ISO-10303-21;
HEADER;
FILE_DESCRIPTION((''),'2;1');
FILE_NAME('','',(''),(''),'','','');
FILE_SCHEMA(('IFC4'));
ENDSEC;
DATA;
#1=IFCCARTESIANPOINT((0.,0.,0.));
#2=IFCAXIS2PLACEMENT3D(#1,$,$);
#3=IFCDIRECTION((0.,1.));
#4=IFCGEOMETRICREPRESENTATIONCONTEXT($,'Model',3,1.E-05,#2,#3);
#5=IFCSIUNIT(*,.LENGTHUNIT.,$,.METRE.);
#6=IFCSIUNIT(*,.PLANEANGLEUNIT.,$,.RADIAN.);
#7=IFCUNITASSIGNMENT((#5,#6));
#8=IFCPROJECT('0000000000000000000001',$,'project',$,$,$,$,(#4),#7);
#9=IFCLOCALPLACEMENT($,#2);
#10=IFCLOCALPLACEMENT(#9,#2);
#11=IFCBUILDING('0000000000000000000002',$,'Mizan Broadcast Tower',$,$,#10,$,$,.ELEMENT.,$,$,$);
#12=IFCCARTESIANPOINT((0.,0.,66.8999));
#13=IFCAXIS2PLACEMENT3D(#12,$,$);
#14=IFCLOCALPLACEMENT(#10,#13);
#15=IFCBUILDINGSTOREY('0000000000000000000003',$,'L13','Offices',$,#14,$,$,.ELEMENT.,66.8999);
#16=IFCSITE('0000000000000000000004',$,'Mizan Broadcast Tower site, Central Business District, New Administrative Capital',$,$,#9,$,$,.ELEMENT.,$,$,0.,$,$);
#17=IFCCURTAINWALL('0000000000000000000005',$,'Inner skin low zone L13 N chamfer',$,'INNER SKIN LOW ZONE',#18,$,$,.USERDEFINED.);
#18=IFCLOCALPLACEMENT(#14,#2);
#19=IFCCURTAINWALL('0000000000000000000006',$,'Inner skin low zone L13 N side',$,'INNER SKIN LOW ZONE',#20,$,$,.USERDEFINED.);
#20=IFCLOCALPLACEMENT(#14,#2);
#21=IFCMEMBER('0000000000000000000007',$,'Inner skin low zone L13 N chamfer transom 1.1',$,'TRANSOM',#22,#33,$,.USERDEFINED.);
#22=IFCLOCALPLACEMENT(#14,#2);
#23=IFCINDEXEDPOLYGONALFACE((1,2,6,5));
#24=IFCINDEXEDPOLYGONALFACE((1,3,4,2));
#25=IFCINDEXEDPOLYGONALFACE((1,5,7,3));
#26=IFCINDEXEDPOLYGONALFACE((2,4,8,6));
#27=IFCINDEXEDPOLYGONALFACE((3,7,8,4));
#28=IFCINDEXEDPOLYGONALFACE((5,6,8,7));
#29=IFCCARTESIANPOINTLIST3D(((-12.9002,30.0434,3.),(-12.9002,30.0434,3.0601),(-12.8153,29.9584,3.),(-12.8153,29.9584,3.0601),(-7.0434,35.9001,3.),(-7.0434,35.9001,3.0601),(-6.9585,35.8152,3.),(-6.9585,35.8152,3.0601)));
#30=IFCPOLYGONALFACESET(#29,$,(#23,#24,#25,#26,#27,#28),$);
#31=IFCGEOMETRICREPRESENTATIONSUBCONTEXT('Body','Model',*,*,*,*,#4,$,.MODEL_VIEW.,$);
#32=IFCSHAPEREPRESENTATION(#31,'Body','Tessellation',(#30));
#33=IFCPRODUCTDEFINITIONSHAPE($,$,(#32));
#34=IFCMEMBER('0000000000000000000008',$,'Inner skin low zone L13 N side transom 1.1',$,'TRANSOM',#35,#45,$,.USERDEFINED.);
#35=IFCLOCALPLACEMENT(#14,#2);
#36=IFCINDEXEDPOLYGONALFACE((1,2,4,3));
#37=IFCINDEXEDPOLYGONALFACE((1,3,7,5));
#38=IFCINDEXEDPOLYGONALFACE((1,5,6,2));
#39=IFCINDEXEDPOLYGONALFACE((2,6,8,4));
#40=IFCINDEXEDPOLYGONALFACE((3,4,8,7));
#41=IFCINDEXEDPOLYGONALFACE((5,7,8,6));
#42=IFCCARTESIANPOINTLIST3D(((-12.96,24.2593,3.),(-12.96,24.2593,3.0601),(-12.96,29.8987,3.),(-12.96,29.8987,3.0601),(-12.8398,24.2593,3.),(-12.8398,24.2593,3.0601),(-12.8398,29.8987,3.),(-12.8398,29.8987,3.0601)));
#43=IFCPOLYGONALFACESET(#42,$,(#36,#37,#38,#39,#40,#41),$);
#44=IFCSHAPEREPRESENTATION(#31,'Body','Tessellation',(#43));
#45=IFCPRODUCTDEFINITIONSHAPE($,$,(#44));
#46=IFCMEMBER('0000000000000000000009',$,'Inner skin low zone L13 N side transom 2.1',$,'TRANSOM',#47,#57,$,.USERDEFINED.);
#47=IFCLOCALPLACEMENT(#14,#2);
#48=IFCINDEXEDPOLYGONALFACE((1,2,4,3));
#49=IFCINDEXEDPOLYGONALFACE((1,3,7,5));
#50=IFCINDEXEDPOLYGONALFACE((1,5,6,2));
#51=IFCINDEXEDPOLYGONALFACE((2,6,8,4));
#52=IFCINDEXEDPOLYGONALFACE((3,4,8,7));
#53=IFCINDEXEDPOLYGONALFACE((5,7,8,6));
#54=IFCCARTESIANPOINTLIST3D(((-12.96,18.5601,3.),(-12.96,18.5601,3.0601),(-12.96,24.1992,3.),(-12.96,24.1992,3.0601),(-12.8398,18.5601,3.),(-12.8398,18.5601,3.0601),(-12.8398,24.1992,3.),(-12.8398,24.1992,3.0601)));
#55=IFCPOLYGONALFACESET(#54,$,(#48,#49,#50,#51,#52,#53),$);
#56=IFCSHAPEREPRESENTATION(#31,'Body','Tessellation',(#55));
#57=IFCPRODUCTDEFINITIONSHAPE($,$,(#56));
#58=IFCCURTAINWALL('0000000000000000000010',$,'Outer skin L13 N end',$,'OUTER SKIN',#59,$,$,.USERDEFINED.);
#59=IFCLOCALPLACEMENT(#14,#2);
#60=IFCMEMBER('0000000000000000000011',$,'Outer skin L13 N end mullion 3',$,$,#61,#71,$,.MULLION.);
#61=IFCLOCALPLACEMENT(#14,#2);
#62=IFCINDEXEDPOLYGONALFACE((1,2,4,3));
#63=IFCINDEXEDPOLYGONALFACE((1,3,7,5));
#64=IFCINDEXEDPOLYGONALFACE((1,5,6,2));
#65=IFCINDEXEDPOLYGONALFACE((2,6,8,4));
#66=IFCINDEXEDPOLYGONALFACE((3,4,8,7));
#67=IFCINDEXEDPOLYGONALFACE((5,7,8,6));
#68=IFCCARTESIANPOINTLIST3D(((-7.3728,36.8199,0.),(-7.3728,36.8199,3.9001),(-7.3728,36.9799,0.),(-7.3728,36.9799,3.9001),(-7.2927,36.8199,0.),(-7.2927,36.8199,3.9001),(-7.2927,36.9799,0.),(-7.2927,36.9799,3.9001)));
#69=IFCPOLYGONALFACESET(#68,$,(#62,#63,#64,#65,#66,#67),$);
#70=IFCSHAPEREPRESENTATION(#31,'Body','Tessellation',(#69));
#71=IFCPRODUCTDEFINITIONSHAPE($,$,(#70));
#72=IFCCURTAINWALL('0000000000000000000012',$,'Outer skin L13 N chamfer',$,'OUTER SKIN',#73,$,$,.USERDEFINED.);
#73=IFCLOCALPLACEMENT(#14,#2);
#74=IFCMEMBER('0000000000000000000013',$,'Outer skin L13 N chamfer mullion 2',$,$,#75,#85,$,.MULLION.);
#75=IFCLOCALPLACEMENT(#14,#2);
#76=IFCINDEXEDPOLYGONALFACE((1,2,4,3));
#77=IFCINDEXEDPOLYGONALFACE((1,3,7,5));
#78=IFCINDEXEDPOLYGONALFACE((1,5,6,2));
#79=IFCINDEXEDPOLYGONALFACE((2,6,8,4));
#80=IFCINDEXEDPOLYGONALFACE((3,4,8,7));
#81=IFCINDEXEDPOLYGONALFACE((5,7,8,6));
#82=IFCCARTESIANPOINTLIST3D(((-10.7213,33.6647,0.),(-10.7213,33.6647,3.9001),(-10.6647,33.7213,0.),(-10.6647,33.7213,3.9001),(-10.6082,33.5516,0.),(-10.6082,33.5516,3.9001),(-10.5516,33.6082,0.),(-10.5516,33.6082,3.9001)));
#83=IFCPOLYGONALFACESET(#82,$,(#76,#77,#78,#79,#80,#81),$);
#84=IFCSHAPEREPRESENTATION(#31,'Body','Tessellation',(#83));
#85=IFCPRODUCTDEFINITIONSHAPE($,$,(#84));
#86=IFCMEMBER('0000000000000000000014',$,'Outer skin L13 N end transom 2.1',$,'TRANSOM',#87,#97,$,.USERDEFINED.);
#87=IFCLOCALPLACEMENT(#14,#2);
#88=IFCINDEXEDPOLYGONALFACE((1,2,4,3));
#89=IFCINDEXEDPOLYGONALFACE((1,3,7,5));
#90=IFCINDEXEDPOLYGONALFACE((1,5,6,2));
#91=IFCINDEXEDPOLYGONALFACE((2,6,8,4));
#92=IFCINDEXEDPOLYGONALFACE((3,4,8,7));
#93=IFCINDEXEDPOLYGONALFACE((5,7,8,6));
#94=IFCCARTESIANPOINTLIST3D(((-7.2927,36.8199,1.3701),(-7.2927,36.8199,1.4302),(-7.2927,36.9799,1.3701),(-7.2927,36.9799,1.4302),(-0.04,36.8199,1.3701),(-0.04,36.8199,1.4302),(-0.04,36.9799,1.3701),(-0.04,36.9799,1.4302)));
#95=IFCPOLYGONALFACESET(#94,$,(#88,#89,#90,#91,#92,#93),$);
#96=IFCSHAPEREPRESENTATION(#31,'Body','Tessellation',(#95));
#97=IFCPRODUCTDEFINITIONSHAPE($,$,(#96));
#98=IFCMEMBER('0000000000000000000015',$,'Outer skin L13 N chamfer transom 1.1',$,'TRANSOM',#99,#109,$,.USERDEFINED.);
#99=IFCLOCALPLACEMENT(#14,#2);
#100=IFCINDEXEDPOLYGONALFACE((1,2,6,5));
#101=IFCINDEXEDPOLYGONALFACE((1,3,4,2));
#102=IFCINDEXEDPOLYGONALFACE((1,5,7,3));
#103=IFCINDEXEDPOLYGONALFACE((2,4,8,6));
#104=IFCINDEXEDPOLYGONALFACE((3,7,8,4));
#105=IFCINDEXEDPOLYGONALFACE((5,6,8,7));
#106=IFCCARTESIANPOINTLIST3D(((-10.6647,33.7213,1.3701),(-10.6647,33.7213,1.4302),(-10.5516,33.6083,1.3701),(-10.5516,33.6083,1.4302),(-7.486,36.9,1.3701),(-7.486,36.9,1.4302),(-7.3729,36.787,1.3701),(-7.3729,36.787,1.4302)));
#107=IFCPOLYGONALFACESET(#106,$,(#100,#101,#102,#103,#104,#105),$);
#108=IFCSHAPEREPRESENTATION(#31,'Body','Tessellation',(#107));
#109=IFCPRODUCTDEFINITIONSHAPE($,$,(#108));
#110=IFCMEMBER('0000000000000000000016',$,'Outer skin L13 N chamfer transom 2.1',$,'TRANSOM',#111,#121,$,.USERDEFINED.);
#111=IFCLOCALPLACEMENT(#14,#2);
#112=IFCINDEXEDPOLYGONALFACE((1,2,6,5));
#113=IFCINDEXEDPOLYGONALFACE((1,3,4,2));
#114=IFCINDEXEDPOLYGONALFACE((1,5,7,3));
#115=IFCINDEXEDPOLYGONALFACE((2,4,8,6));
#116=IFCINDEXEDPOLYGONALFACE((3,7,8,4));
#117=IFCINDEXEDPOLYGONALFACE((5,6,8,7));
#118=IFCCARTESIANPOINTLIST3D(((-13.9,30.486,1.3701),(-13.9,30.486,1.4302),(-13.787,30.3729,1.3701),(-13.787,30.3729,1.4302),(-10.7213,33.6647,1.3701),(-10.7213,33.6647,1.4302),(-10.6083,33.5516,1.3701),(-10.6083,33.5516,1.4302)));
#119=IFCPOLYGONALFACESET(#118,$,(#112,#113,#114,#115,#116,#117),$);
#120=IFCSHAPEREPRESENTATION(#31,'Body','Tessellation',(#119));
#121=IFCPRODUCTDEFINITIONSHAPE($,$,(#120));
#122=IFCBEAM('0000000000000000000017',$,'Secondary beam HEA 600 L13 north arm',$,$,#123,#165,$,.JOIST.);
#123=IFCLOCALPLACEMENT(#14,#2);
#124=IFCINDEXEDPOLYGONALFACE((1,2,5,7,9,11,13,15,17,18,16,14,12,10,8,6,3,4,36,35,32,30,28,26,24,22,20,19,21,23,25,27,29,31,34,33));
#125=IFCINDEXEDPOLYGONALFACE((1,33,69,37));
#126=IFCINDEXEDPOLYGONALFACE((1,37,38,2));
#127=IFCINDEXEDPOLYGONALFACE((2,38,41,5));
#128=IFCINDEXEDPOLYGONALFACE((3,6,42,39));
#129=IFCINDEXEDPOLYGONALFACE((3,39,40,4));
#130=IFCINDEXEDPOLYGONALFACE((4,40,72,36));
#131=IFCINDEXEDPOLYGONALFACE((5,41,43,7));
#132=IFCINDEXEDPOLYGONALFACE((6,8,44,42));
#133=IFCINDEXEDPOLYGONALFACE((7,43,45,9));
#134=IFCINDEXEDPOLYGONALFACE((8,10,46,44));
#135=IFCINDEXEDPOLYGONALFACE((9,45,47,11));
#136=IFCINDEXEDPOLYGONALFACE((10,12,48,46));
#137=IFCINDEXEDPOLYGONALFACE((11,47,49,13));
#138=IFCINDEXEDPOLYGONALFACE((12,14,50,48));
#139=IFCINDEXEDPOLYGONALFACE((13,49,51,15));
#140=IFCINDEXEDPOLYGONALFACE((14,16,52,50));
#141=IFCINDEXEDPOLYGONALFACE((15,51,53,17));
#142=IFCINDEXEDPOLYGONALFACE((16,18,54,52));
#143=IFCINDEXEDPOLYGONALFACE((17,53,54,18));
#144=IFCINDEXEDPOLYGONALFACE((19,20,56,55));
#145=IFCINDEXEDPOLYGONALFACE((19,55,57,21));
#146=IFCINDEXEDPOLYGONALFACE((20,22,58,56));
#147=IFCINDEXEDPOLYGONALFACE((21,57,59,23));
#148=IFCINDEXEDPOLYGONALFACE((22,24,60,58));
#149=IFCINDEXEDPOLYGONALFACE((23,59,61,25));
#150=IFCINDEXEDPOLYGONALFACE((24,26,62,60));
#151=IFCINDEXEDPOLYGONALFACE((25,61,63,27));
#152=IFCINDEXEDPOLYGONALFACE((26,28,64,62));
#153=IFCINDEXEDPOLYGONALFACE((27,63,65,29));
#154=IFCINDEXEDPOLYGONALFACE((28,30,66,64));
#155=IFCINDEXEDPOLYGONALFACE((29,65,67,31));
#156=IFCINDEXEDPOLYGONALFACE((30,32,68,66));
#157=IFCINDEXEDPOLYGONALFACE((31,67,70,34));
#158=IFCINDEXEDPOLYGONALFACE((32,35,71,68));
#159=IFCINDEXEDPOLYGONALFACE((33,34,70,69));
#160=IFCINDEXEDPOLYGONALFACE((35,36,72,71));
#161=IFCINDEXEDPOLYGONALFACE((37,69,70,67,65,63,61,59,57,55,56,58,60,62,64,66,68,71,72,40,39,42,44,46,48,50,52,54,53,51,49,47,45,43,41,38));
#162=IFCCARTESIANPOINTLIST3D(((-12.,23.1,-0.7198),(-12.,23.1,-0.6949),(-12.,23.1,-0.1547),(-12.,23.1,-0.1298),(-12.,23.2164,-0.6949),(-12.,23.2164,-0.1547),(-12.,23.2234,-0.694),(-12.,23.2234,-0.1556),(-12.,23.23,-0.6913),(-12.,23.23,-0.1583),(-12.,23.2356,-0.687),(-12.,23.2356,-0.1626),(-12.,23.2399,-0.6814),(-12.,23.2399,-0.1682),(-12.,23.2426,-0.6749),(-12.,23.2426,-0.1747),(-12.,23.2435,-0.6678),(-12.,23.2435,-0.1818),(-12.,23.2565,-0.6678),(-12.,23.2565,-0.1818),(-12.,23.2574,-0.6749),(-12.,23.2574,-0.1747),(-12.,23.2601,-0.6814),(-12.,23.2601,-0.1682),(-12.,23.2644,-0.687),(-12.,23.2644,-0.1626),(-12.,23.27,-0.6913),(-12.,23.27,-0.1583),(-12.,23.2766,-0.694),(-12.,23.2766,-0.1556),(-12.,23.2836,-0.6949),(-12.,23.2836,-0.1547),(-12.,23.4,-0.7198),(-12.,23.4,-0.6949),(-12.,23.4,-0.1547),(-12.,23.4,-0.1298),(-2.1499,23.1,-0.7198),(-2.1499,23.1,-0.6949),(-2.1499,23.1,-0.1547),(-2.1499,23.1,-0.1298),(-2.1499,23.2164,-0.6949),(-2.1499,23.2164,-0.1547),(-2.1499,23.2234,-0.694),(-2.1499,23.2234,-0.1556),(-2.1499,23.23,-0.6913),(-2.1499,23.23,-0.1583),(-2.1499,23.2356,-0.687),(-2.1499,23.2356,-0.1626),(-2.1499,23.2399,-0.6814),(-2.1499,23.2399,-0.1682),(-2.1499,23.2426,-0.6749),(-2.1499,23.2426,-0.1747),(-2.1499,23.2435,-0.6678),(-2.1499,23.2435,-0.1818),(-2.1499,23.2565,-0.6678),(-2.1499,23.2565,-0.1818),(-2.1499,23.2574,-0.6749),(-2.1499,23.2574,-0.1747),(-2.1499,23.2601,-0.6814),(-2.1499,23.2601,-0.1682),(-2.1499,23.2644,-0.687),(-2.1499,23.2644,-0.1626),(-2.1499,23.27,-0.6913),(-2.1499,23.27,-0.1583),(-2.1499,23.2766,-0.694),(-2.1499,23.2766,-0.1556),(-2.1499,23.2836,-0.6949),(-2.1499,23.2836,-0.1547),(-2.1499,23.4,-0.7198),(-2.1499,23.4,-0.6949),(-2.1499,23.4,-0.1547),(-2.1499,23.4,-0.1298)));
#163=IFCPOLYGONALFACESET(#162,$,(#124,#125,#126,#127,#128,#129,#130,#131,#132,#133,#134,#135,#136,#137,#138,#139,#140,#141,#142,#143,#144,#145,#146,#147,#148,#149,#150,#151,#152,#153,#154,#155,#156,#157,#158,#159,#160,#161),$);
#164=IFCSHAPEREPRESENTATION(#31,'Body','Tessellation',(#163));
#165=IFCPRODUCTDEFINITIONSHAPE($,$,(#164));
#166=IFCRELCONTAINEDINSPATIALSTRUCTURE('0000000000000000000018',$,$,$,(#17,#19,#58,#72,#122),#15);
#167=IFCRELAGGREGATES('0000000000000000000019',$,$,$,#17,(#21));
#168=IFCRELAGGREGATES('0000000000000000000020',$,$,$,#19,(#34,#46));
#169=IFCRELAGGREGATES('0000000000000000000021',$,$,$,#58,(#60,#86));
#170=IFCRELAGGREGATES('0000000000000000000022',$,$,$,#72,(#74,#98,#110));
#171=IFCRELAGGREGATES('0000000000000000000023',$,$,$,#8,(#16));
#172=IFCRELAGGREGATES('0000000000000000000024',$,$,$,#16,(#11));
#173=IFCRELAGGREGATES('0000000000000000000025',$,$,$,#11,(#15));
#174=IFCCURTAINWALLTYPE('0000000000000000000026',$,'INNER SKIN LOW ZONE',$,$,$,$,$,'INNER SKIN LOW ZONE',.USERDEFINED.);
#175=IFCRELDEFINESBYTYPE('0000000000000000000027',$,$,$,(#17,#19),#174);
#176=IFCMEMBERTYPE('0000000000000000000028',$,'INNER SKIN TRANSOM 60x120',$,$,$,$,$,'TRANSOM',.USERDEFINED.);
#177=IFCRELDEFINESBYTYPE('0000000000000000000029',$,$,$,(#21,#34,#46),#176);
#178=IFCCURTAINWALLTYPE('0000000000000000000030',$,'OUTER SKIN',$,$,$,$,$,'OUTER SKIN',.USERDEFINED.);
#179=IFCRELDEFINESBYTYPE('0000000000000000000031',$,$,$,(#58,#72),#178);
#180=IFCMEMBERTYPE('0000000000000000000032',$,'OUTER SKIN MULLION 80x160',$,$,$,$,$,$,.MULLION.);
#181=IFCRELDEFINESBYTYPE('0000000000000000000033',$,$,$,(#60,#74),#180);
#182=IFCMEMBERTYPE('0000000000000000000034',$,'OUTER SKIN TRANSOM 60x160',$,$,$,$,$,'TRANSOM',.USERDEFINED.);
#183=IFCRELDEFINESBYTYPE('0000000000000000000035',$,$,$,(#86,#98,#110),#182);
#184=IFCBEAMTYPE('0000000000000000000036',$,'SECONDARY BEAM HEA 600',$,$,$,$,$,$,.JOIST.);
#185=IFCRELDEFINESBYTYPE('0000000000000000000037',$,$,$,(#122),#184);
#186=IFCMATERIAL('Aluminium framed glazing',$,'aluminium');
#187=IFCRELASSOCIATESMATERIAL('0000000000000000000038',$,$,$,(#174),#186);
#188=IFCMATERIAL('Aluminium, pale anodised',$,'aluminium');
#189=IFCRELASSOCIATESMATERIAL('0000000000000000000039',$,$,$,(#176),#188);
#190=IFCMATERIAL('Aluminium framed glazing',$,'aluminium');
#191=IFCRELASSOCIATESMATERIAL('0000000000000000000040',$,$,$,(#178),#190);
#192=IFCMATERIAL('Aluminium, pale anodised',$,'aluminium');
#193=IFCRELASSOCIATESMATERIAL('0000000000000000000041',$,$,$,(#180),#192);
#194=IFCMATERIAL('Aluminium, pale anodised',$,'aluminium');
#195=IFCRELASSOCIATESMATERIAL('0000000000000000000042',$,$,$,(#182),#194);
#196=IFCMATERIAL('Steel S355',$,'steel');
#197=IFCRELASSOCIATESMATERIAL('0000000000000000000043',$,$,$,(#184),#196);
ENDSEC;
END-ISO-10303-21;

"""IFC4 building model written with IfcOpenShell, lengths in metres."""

from ifc_helpers import new_model, si_unit, direction, frame, origin, origin_2d, place, context, subcontext, project, spatial, rectangle, i_section, extrude, material, material_profile, profile_set, type_object, element, aggregate, save


model = new_model("IFC4")

# Units and contexts
model_context = context("Model", 3, precision=1e-05, world=origin(), true_north=direction((0.0, 1.0)))
body_context = subcontext(model_context, "Body", "Model", "MODEL_VIEW")
ifc_project = project(units=[si_unit("LENGTHUNIT", "METRE"), si_unit("PLANEANGLEUNIT", "RADIAN")], contexts=[model_context])

# Site, building, storey
site_placement = place(None, origin())
site = spatial("IfcSite", under=ifc_project, at=site_placement, Name="Mizan Broadcast Tower site, Central Business District, New Administrative Capital", CompositionType="ELEMENT", RefElevation=0.0)
building_placement = place(site_placement, origin())
building = spatial("IfcBuilding", under=site, at=building_placement, Name="Mizan Broadcast Tower", CompositionType="ELEMENT")
storey_placement = place(building_placement, frame((0.0, 0.0, 66.8999)))
storey = spatial("IfcBuildingStorey", under=building, at=storey_placement, Name="L13", Description="Offices", CompositionType="ELEMENT", Elevation=66.8999)

# Curtain walls
ifc_material_1 = material(Name="Aluminium framed glazing", Category="aluminium")
curtain_wall_type_1 = type_object("IfcCurtainWallType", Name="INNER SKIN LOW ZONE", ElementType="INNER SKIN LOW ZONE", PredefinedType="USERDEFINED", material=ifc_material_1)
curtain_wall_1_placement = place(storey_placement, origin())
curtain_wall_1 = element("IfcCurtainWall", 1, at=curtain_wall_1_placement, inside=storey, type_object=curtain_wall_type_1, Name="Inner skin low zone L13 N chamfer", ObjectType="INNER SKIN LOW ZONE", PredefinedType="USERDEFINED")
curtain_wall_2_placement = place(storey_placement, origin())
curtain_wall_2 = element("IfcCurtainWall", 2, at=curtain_wall_2_placement, inside=storey, type_object=curtain_wall_type_1, Name="Inner skin low zone L13 N side", ObjectType="INNER SKIN LOW ZONE", PredefinedType="USERDEFINED")

# Members
ifc_material_2 = material(Name="Aluminium, pale anodised", Category="aluminium")
ifc_material_profile_1 = material_profile(ifc_material_2, rectangle(XDim=0.1201, YDim=0.0601, at=origin_2d()), Name="TRANSOM 120x60")
ifc_profile_set_1 = profile_set([ifc_material_profile_1], Name="Aluminium, pale anodised")
member_type_1 = type_object("IfcMemberType", Name="INNER SKIN TRANSOM 60x120", ElementType="TRANSOM", PredefinedType="USERDEFINED", material=ifc_profile_set_1)
member_1_placement = place(storey_placement, frame((-7.001, 35.8577, 3.03), z_axis=(-0.707107, -0.707107, 0.0), x_axis=(0.707107, -0.707107, 0.0)))
member_1 = element("IfcMember", 3, at=member_1_placement, type_object=member_type_1, Name="Inner skin low zone L13 N chamfer transom 1.1", ObjectType="TRANSOM", PredefinedType="USERDEFINED", context=body_context, shape_type="SweptSolid", body=[
    extrude(rectangle(XDim=0.1201, YDim=0.0601, at=origin_2d()), origin(), (0.0, 0.0, 1.0), 8.2827),
])
member_2_placement = place(storey_placement, frame((-12.8999, 29.8987, 3.03), z_axis=(0.0, -1.0, 0.0), x_axis=(1.0, 0.0, 0.0)))
member_2 = element("IfcMember", 4, at=member_2_placement, type_object=member_type_1, Name="Inner skin low zone L13 N side transom 1.1", ObjectType="TRANSOM", PredefinedType="USERDEFINED", context=body_context, shape_type="SweptSolid", body=[
    extrude(rectangle(XDim=0.1201, YDim=0.0601, at=origin_2d()), origin(), (0.0, 0.0, 1.0), 5.6394),
])
member_3_placement = place(storey_placement, frame((-12.8999, 24.1992, 3.03), z_axis=(0.0, -1.0, 0.0), x_axis=(1.0, 0.0, 0.0)))
member_3 = element("IfcMember", 5, at=member_3_placement, type_object=member_type_1, Name="Inner skin low zone L13 N side transom 2.1", ObjectType="TRANSOM", PredefinedType="USERDEFINED", context=body_context, shape_type="SweptSolid", body=[
    extrude(rectangle(XDim=0.1201, YDim=0.0601, at=origin_2d()), origin(), (0.0, 0.0, 1.0), 5.6392),
])

# Curtain walls, members
ifc_material_3 = material(Name="Aluminium framed glazing", Category="aluminium")
curtain_wall_type_2 = type_object("IfcCurtainWallType", Name="OUTER SKIN", ElementType="OUTER SKIN", PredefinedType="USERDEFINED", material=ifc_material_3)
curtain_wall_3_placement = place(storey_placement, origin())
curtain_wall_3 = element("IfcCurtainWall", 6, at=curtain_wall_3_placement, inside=storey, type_object=curtain_wall_type_2, Name="Outer skin L13 N end", ObjectType="OUTER SKIN", PredefinedType="USERDEFINED")
ifc_material_4 = material(Name="Aluminium, pale anodised", Category="aluminium")
ifc_material_profile_2 = material_profile(ifc_material_4, rectangle(XDim=0.1599, YDim=0.0801, at=origin_2d()), Name="MULLION 160x80")
ifc_profile_set_2 = profile_set([ifc_material_profile_2], Name="Aluminium, pale anodised")
member_type_2 = type_object("IfcMemberType", Name="OUTER SKIN MULLION 80x160", PredefinedType="MULLION", material=ifc_profile_set_2)
member_4_placement = place(storey_placement, frame((-7.3328, 36.8999, 0.0), z_axis=(0.0, 0.0, 1.0), x_axis=(0.0, -1.0, 0.0)))
member_4 = element("IfcMember", 7, at=member_4_placement, type_object=member_type_2, Name="Outer skin L13 N end mullion 3", PredefinedType="MULLION", context=body_context, shape_type="SweptSolid", body=[
    extrude(rectangle(XDim=0.1599, YDim=0.0801, at=origin_2d()), origin(), (0.0, 0.0, 1.0), 3.9001),
])
curtain_wall_4_placement = place(storey_placement, origin())
curtain_wall_4 = element("IfcCurtainWall", 8, at=curtain_wall_4_placement, inside=storey, type_object=curtain_wall_type_2, Name="Outer skin L13 N chamfer", ObjectType="OUTER SKIN", PredefinedType="USERDEFINED")
member_5_placement = place(storey_placement, frame((-10.6365, 33.6365, 0.0), z_axis=(0.0, 0.0, 1.0), x_axis=(0.707107, -0.707107, 0.0)))
member_5 = element("IfcMember", 9, at=member_5_placement, type_object=member_type_2, Name="Outer skin L13 N chamfer mullion 2", PredefinedType="MULLION", context=body_context, shape_type="SweptSolid", body=[
    extrude(rectangle(XDim=0.1599, YDim=0.0801, at=origin_2d()), origin(), (0.0, 0.0, 1.0), 3.9001),
])

# Members
ifc_material_5 = material(Name="Aluminium, pale anodised", Category="aluminium")
ifc_material_profile_3 = material_profile(ifc_material_5, rectangle(XDim=0.1599, YDim=0.0601, at=origin_2d()), Name="TRANSOM 160x60")
ifc_profile_set_3 = profile_set([ifc_material_profile_3], Name="Aluminium, pale anodised")
member_type_3 = type_object("IfcMemberType", Name="OUTER SKIN TRANSOM 60x160", ElementType="TRANSOM", PredefinedType="USERDEFINED", material=ifc_profile_set_3)
member_6_placement = place(storey_placement, frame((-0.04, 36.8999, 1.4001), z_axis=(-1.0, 0.0, 0.0), x_axis=(0.0, -1.0, 0.0)))
member_6 = element("IfcMember", 10, at=member_6_placement, type_object=member_type_3, Name="Outer skin L13 N end transom 2.1", ObjectType="TRANSOM", PredefinedType="USERDEFINED", context=body_context, shape_type="SweptSolid", body=[
    extrude(rectangle(XDim=0.1599, YDim=0.0601, at=origin_2d()), origin(), (0.0, 0.0, 1.0), 7.2527),
])
member_7_placement = place(storey_placement, frame((-7.4294, 36.8435, 1.4001), z_axis=(-0.707107, -0.707107, 0.0), x_axis=(0.707107, -0.707107, 0.0)))
member_7 = element("IfcMember", 11, at=member_7_placement, type_object=member_type_3, Name="Outer skin L13 N chamfer transom 1.1", ObjectType="TRANSOM", PredefinedType="USERDEFINED", context=body_context, shape_type="SweptSolid", body=[
    extrude(rectangle(XDim=0.1599, YDim=0.0601, at=origin_2d()), origin(), (0.0, 0.0, 1.0), 4.4954),
])
member_8_placement = place(storey_placement, frame((-10.6648, 33.6082, 1.4001), z_axis=(-0.707107, -0.707107, 0.0), x_axis=(0.707107, -0.707107, 0.0)))
member_8 = element("IfcMember", 12, at=member_8_placement, type_object=member_type_3, Name="Outer skin L13 N chamfer transom 2.1", ObjectType="TRANSOM", PredefinedType="USERDEFINED", context=body_context, shape_type="SweptSolid", body=[
    extrude(rectangle(XDim=0.1599, YDim=0.0601, at=origin_2d()), origin(), (0.0, 0.0, 1.0), 4.4954),
])

# Beam
ifc_material_6 = material(Name="Steel S355", Category="steel")
ifc_material_profile_4 = material_profile(ifc_material_6, i_section(OverallWidth=0.3, OverallDepth=0.5901, WebThickness=0.0129, FlangeThickness=0.0249, FilletRadius=0.0271, at=origin_2d()), Name="HEA 600")
ifc_profile_set_4 = profile_set([ifc_material_profile_4], Name="Steel S355")
beam_type_1 = type_object("IfcBeamType", Name="SECONDARY BEAM HEA 600", PredefinedType="JOIST", material=ifc_profile_set_4)
beam_1_placement = place(storey_placement, frame((-12.0, 23.25, -0.4248), z_axis=(1.0, 0.0, 0.0), x_axis=(0.0, 1.0, 0.0)))
element("IfcBeam", 13, at=beam_1_placement, inside=storey, type_object=beam_type_1, Name="Secondary beam HEA 600 L13 north arm", PredefinedType="JOIST", context=body_context, shape_type="SweptSolid", body=[
    extrude(i_section(OverallWidth=0.3, OverallDepth=0.5901, WebThickness=0.0129, FlangeThickness=0.0249, FilletRadius=0.0271, at=origin_2d()), origin(), (0.0, 0.0, 1.0), 9.8501),
])

aggregate(curtain_wall_1, [member_1])
aggregate(curtain_wall_2, [member_2, member_3])
aggregate(curtain_wall_3, [member_4, member_6])
aggregate(curtain_wall_4, [member_5, member_7, member_8])

save(model, "model.ifc")
